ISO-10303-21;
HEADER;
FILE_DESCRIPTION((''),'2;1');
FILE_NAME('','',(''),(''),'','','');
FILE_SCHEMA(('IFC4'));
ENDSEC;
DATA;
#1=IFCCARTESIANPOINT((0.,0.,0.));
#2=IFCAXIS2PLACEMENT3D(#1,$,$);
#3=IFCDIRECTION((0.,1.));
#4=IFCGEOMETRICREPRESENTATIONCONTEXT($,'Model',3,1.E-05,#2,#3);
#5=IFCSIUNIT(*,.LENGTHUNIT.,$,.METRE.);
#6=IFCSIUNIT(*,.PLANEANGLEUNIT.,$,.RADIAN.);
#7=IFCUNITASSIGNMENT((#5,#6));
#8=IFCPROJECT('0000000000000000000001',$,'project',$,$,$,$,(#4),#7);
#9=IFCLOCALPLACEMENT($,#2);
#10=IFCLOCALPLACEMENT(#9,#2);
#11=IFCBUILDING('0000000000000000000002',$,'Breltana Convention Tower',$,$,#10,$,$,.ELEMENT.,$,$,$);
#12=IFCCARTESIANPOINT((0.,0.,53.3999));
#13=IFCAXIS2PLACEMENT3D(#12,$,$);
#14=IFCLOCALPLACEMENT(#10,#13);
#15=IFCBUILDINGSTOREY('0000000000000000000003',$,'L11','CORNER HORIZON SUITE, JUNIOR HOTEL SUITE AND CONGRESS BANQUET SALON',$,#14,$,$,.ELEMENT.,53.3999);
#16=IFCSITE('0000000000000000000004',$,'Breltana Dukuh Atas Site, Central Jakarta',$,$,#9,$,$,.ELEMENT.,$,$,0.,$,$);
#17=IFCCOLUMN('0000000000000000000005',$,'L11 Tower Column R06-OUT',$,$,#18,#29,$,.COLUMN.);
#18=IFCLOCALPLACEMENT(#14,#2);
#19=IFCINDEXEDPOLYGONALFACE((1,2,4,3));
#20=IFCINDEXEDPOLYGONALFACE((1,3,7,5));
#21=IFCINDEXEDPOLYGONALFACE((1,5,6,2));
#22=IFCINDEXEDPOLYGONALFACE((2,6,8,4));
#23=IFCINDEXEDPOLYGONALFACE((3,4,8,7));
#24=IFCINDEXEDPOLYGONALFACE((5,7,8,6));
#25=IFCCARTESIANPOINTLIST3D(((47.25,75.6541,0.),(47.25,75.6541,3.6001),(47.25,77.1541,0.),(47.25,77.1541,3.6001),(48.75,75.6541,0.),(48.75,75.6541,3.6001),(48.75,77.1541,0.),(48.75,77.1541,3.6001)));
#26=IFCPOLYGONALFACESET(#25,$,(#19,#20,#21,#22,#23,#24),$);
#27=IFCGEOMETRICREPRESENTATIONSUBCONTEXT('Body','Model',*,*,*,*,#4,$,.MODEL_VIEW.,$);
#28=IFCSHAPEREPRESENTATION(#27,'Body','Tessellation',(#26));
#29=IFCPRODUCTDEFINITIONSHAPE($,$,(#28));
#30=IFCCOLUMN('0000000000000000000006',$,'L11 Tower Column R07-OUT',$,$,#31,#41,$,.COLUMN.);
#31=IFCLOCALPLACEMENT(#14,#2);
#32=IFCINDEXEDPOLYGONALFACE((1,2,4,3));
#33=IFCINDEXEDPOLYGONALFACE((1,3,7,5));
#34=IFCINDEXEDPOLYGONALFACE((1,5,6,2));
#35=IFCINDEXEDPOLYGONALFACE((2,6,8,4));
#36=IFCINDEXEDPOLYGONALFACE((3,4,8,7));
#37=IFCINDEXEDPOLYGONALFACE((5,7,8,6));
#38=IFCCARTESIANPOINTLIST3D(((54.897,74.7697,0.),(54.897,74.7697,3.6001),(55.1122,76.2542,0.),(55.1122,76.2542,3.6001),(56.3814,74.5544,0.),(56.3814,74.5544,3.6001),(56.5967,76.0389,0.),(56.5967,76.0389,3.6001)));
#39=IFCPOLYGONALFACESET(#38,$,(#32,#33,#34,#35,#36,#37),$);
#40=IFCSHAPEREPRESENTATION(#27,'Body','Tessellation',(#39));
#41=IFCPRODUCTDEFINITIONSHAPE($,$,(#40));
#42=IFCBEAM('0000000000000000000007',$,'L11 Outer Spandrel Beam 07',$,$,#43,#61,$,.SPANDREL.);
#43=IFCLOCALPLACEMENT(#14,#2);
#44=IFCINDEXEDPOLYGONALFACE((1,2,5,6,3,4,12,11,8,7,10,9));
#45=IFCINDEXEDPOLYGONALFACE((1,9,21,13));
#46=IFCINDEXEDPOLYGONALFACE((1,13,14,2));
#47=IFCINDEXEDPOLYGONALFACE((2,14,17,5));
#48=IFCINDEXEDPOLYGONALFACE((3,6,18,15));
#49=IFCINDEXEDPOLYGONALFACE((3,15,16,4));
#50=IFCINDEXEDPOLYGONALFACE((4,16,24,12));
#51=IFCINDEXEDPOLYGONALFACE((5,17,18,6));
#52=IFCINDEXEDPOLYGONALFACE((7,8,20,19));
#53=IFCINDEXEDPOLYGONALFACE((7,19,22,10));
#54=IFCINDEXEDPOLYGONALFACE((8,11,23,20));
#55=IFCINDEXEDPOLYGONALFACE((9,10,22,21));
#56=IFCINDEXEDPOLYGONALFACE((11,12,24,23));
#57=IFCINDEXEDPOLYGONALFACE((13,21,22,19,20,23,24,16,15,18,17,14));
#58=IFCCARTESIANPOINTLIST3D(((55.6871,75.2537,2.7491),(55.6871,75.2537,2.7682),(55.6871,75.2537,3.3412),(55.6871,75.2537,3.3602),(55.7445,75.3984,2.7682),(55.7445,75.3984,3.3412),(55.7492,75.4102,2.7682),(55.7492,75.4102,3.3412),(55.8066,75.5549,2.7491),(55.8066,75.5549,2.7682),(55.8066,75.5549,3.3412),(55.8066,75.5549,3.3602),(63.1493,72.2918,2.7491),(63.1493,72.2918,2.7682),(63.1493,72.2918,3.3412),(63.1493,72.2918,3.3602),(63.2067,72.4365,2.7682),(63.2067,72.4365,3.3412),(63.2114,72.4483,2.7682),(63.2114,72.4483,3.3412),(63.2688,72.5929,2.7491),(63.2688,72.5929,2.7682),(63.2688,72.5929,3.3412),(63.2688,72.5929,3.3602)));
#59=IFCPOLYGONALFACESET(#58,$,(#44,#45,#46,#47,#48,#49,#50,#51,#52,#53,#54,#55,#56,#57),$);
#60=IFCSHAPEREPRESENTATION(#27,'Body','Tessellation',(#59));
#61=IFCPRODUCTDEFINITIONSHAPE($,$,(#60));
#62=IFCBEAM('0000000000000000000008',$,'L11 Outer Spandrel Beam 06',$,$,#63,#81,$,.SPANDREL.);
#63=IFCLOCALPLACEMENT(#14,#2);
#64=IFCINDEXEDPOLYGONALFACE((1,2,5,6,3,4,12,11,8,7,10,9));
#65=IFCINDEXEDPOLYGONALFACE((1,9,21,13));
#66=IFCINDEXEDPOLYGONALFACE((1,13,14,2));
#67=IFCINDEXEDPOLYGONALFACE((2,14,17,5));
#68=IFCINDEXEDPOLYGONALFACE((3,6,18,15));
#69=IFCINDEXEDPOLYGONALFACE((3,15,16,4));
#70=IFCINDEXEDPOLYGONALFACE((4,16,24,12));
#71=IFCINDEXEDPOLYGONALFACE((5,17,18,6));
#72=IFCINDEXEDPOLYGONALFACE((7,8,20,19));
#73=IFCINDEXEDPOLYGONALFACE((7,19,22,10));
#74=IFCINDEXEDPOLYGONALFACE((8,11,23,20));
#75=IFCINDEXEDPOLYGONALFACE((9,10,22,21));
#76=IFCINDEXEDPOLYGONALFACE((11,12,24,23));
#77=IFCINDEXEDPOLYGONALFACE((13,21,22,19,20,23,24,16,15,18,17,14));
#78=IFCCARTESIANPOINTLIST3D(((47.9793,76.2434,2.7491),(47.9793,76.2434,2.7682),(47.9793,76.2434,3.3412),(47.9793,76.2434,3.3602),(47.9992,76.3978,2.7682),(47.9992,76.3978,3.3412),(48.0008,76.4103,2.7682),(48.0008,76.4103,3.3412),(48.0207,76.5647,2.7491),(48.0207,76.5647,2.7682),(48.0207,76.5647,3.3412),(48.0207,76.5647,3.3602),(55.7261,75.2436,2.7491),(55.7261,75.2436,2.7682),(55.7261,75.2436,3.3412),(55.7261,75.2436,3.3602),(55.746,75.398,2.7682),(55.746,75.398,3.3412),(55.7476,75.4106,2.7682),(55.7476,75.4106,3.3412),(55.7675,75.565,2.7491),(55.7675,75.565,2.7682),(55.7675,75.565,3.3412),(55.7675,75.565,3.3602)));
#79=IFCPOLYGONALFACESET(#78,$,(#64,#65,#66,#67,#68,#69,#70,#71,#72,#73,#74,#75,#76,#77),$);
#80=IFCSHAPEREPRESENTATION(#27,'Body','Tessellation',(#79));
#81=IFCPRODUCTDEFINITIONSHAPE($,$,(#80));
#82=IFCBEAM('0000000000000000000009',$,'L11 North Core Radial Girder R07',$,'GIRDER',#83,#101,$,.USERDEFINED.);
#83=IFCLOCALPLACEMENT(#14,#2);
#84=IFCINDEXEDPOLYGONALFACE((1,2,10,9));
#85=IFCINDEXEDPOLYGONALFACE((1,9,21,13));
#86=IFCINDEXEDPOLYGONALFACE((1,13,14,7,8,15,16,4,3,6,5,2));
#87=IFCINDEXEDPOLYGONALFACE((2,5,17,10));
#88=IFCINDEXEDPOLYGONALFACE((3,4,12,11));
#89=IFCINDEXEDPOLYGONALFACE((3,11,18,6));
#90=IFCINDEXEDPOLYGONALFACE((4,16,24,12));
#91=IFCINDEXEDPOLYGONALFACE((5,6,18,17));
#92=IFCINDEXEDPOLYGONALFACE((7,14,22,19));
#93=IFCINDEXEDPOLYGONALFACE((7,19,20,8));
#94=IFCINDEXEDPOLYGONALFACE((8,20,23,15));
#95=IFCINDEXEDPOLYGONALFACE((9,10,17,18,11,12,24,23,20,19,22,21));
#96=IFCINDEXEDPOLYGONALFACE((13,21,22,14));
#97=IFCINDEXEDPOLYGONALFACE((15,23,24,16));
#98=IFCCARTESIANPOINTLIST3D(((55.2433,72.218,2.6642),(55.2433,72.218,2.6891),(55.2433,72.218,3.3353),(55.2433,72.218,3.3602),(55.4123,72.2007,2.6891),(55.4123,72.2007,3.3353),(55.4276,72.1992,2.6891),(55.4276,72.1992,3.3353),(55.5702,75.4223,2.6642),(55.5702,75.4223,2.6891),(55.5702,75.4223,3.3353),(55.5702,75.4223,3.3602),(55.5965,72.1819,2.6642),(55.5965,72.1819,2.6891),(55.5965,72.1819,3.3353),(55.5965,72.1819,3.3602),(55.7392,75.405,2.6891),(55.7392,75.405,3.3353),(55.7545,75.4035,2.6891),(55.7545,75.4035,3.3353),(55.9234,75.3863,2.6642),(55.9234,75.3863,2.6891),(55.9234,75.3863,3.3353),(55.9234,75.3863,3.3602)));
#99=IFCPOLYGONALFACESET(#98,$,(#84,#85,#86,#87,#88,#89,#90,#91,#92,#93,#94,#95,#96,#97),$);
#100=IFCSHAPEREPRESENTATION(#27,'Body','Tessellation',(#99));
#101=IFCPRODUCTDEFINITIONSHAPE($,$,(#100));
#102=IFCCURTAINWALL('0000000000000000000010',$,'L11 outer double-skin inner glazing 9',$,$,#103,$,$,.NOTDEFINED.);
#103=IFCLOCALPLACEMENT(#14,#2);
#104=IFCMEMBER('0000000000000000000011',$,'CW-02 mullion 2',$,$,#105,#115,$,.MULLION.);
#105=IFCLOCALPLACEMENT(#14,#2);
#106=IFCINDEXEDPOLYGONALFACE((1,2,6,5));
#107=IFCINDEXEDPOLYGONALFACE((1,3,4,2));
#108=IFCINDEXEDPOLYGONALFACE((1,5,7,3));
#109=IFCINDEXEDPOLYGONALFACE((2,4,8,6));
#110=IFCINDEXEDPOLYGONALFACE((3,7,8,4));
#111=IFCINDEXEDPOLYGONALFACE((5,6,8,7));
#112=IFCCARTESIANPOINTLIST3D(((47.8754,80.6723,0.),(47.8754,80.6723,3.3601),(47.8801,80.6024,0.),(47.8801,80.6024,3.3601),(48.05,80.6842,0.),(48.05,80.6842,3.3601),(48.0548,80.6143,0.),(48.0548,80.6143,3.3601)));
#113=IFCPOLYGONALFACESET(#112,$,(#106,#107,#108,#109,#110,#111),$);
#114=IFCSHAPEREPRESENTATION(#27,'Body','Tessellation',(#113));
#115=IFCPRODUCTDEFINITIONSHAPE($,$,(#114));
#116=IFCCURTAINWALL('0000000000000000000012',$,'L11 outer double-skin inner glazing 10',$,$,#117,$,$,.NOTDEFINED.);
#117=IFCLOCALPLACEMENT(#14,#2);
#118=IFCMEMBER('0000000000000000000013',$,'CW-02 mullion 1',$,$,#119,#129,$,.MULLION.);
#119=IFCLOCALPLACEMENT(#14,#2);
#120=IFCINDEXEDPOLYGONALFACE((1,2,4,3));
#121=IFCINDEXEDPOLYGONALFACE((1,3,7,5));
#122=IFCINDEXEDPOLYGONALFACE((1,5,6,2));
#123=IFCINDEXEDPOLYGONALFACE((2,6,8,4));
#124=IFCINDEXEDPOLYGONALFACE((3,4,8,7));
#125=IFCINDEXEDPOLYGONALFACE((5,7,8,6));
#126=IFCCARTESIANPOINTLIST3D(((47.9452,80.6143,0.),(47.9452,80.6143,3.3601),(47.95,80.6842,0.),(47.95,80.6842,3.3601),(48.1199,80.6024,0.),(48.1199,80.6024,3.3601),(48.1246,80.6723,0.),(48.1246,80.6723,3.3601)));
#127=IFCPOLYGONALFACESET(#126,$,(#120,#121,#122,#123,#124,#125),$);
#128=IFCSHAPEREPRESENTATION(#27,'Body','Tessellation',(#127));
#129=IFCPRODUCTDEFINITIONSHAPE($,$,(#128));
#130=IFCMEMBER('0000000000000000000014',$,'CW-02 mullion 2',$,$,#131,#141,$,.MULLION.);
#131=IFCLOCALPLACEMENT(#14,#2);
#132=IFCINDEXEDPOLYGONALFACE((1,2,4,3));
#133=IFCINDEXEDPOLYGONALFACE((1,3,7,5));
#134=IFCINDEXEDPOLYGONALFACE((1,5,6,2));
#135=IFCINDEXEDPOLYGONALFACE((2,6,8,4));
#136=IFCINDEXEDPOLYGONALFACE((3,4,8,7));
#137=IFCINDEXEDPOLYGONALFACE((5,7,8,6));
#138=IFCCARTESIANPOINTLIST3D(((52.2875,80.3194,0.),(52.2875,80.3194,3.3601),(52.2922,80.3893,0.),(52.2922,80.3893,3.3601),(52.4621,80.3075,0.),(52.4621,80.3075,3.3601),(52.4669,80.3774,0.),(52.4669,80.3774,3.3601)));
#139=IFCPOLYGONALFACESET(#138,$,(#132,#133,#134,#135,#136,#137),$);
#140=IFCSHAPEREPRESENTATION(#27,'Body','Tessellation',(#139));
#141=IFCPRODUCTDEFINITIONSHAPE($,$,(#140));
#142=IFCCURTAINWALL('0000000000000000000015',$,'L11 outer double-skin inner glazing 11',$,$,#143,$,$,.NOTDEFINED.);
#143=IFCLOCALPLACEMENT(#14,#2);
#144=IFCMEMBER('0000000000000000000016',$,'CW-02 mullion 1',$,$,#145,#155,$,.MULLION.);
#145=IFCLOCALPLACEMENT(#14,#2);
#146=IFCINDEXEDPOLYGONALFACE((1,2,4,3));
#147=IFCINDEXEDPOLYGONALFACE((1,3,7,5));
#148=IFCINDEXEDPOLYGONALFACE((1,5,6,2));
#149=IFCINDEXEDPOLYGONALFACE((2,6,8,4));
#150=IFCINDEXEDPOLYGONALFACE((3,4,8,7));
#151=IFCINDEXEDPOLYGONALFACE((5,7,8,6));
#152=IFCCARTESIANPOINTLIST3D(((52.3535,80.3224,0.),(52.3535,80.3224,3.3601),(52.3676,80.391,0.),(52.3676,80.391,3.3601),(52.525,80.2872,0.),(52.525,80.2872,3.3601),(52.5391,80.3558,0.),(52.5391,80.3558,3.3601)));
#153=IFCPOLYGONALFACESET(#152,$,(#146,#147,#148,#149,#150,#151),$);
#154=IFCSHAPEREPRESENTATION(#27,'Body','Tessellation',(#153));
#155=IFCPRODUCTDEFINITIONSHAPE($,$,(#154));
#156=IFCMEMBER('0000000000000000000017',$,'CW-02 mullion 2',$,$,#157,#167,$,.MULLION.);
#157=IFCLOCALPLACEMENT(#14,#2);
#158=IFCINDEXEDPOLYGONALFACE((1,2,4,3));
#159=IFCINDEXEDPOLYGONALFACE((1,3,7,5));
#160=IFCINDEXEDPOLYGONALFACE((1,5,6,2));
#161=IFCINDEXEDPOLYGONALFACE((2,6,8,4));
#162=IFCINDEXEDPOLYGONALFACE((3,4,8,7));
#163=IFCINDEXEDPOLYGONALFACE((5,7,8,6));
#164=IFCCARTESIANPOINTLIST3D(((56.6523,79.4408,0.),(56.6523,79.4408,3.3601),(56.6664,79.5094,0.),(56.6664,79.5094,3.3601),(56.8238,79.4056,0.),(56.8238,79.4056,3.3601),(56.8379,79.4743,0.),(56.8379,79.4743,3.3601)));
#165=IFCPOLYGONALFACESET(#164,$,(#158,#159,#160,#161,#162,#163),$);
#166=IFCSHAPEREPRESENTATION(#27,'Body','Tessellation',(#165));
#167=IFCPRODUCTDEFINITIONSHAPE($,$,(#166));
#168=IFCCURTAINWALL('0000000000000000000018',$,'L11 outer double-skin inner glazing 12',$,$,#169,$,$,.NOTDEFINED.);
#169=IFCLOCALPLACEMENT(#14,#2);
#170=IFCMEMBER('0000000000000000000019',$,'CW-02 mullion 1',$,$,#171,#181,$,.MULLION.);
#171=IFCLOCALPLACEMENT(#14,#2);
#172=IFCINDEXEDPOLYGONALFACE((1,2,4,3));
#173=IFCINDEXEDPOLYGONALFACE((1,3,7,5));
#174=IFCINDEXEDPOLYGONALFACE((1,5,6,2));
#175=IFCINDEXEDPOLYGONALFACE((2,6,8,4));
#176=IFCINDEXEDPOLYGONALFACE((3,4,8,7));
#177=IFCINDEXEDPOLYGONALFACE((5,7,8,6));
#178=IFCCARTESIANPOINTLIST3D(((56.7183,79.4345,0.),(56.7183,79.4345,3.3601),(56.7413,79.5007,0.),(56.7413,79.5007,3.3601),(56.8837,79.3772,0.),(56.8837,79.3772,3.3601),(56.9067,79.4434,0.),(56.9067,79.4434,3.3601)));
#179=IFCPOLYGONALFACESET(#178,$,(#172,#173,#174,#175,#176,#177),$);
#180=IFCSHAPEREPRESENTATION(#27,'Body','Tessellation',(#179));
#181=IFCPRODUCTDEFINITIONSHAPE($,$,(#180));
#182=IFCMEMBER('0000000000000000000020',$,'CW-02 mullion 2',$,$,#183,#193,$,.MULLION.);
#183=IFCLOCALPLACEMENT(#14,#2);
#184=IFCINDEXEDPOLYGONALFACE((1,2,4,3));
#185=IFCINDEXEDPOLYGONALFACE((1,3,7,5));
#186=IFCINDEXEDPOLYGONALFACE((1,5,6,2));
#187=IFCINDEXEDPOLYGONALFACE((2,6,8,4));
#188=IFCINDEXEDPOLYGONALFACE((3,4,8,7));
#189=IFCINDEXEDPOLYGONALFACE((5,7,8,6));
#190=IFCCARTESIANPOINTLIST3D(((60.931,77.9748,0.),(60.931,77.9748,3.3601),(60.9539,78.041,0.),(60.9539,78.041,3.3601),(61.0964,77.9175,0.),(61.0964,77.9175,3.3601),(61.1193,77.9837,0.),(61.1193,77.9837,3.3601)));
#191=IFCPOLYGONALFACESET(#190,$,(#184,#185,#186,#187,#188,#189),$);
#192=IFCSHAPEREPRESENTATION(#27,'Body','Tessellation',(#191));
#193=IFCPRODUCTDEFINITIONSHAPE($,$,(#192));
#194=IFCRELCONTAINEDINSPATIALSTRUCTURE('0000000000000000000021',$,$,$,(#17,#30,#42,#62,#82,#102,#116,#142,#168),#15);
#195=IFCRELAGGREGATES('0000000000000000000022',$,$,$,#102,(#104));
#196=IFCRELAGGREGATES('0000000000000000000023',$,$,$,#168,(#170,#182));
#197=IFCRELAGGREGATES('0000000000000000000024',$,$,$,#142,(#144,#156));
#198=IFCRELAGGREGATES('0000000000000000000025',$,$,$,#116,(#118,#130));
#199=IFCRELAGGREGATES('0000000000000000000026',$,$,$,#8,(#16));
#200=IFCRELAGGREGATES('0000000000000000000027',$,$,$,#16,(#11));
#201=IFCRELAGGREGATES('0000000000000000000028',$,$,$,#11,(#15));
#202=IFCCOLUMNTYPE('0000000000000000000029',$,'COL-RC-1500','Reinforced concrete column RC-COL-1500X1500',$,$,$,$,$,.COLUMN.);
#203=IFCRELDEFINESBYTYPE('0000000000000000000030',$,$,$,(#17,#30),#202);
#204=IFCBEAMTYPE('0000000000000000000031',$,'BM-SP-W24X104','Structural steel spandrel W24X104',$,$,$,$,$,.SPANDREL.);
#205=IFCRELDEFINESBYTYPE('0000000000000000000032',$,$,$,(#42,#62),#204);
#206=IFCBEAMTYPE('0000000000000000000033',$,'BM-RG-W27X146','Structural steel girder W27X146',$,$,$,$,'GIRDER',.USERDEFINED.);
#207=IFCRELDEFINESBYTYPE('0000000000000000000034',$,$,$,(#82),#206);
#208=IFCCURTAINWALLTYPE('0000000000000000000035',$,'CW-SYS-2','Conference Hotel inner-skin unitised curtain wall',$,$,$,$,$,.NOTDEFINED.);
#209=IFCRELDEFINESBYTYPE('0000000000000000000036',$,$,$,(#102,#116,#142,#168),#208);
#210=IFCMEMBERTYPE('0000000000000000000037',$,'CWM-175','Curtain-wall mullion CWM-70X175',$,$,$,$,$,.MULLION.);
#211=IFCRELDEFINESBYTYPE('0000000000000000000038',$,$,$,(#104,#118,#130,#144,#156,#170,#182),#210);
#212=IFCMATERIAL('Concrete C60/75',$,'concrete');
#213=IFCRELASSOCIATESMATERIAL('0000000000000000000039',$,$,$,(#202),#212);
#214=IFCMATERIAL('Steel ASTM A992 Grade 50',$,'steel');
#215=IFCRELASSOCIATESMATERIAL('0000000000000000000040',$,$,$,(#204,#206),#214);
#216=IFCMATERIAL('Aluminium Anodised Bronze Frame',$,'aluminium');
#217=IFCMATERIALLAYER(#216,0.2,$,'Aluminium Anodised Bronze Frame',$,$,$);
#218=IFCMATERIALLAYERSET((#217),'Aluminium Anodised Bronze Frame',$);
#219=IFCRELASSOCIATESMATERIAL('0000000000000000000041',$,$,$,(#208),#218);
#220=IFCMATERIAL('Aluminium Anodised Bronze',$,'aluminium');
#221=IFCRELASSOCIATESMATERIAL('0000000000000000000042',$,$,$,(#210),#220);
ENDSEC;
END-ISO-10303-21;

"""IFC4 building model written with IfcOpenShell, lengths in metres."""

from ifc_helpers import new_model, si_unit, direction, frame, origin, origin_2d, place, context, subcontext, project, spatial, rectangle, i_section, extrude, source, transform, mapped, material, layer, layer_set, material_profile, profile_set, type_object, type_shapes, element, aggregate, save


model = new_model("IFC4")

# Units and contexts
model_context = context("Model", 3, precision=1e-05, world=origin(), true_north=direction((0.0, 1.0)))
body_context = subcontext(model_context, "Body", "Model", "MODEL_VIEW")
ifc_project = project(units=[si_unit("LENGTHUNIT", "METRE"), si_unit("PLANEANGLEUNIT", "RADIAN")], contexts=[model_context])

# Site, building, storey
site_placement = place(None, origin())
site = spatial("IfcSite", under=ifc_project, at=site_placement, Name="Breltana Dukuh Atas Site, Central Jakarta", CompositionType="ELEMENT", RefElevation=0.0)
building_placement = place(site_placement, origin())
building = spatial("IfcBuilding", under=site, at=building_placement, Name="Breltana Convention Tower", CompositionType="ELEMENT")
storey_placement = place(building_placement, frame((0.0, 0.0, 53.3999)))
storey = spatial("IfcBuildingStorey", under=building, at=storey_placement, Name="L11", Description="CORNER HORIZON SUITE, JUNIOR HOTEL SUITE AND CONGRESS BANQUET SALON", CompositionType="ELEMENT", Elevation=53.3999)

# Columns
ifc_material_1 = material(Name="Concrete C60/75", Category="concrete")
ifc_material_profile_1 = material_profile(ifc_material_1, rectangle(XDim=1.5, YDim=1.5, at=origin_2d()), Name="RC-COL-1500X1500")
ifc_profile_set_1 = profile_set([ifc_material_profile_1], Name="Concrete C60/75")
column_type = type_object("IfcColumnType", Name="COL-RC-1500", Description="Reinforced concrete column RC-COL-1500X1500", PredefinedType="COLUMN", material=ifc_profile_set_1)
shared_shape_1 = source(origin(), body_context, "Body", "SweptSolid", [
    extrude(rectangle(XDim=1.5, YDim=1.5, at=origin_2d()), origin(), (0.0, 0.0, 1.0), 3.6001),
])
for number, where, z_axis, x_axis, name in (
    (1, (48.0, 76.4041, 0.0), (0.0, 0.0, 1.0), (0.0, 1.0, 0.0), "L11 Tower Column R06-OUT"),
    (2, (55.7468, 75.4043, 0.0), (0.0, 0.0, 1.0), (0.143493, 0.989651, 0.0), "L11 Tower Column R07-OUT"),
):
    element("IfcColumn", number, at=place(storey_placement, frame(where, z_axis=z_axis, x_axis=x_axis)), inside=storey, type_object=column_type, Name=name, PredefinedType="COLUMN", context=body_context, shape_type="MappedRepresentation", body=[
        mapped(shared_shape_1, transform((0.0, 0.0, 0.0), scale=1.0)),
    ])

# Beams
ifc_material_2 = material(Name="Steel ASTM A992 Grade 50", Category="steel")
ifc_material_profile_2 = material_profile(ifc_material_2, i_section(OverallWidth=0.324, OverallDepth=0.6111, WebThickness=0.0127, FlangeThickness=0.019, at=origin_2d()), Name="W24X104")
ifc_profile_set_2 = profile_set([ifc_material_profile_2], Name="Steel ASTM A992 Grade 50")
beam_type_1 = type_object("IfcBeamType", Name="BM-SP-W24X104", Description="Structural steel spandrel W24X104", PredefinedType="SPANDREL", material=ifc_profile_set_2)
shared_shape_2 = source(origin(), body_context, "Body", "SweptSolid", [
    extrude(i_section(OverallWidth=0.324, OverallDepth=0.6111, WebThickness=0.0127, FlangeThickness=0.019, at=origin_2d()), origin(), (0.0, 0.0, 1.0), 8.0286),
])
beam_1_placement = place(storey_placement, frame((55.7468, 75.4043, 3.0547), z_axis=(0.929459, -0.368925, 0.0), x_axis=(0.368925, 0.929459, 0.0)))
element("IfcBeam", 3, at=beam_1_placement, inside=storey, type_object=beam_type_1, Name="L11 Outer Spandrel Beam 07", PredefinedType="SPANDREL", context=body_context, shape_type="MappedRepresentation", body=[
    mapped(shared_shape_2, transform((0.0, 0.0, 0.0), scale=1.0)),
])
shared_shape_3 = source(origin(), body_context, "Body", "SweptSolid", [
    extrude(i_section(OverallWidth=0.324, OverallDepth=0.6111, WebThickness=0.0127, FlangeThickness=0.019, at=origin_2d()), origin(), (0.0, 0.0, 1.0), 7.811),
])
beam_2_placement = place(storey_placement, frame((48.0, 76.4041, 3.0547), z_axis=(0.991775, -0.127992, 0.0), x_axis=(0.127992, 0.991775, 0.0)))
element("IfcBeam", 4, at=beam_2_placement, inside=storey, type_object=beam_type_1, Name="L11 Outer Spandrel Beam 06", PredefinedType="SPANDREL", context=body_context, shape_type="MappedRepresentation", body=[
    mapped(shared_shape_3, transform((0.0, 0.0, 0.0), scale=1.0)),
])
ifc_material_profile_3 = material_profile(ifc_material_2, i_section(OverallWidth=0.355, OverallDepth=0.696, WebThickness=0.0154, FlangeThickness=0.0249, at=origin_2d()), Name="W27X146")
ifc_profile_set_3 = profile_set([ifc_material_profile_3], Name="Steel ASTM A992 Grade 50")
beam_type_2 = type_object("IfcBeamType", Name="BM-RG-W27X146", Description="Structural steel girder W27X146", ElementType="GIRDER", PredefinedType="USERDEFINED", material=ifc_profile_set_3)
shared_shape_4 = source(origin(), body_context, "Body", "SweptSolid", [
    extrude(i_section(OverallWidth=0.355, OverallDepth=0.696, WebThickness=0.0154, FlangeThickness=0.0249, at=origin_2d()), origin(), (0.0, 0.0, 1.0), 3.2209),
])
beam_3_placement = place(storey_placement, frame((55.4199, 72.2, 3.0122), z_axis=(0.101492, 0.994836, 0.0), x_axis=(-0.994836, 0.101492, 0.0)))
element("IfcBeam", 5, at=beam_3_placement, inside=storey, type_object=beam_type_2, Name="L11 North Core Radial Girder R07", ObjectType="GIRDER", PredefinedType="USERDEFINED", context=body_context, shape_type="MappedRepresentation", body=[
    mapped(shared_shape_4, transform((0.0, 0.0, 0.0), scale=1.0)),
])

# Curtain wall, member
ifc_material_3 = material(Name="Aluminium Anodised Bronze Frame", Category="aluminium")
ifc_layer_1 = layer(ifc_material_3, 0.2, Name="Aluminium Anodised Bronze Frame")
ifc_layer_set_1 = layer_set([ifc_layer_1], Name="Aluminium Anodised Bronze Frame")
curtain_wall_type = type_object("IfcCurtainWallType", Name="CW-SYS-2", Description="Conference Hotel inner-skin unitised curtain wall", PredefinedType="NOTDEFINED", material=ifc_layer_set_1)
curtain_wall_1_placement = place(storey_placement, origin())
curtain_wall_1 = element("IfcCurtainWall", 6, at=curtain_wall_1_placement, inside=storey, type_object=curtain_wall_type, Name="L11 outer double-skin inner glazing 9", PredefinedType="NOTDEFINED")
ifc_material_4 = material(Name="Aluminium Anodised Bronze", Category="aluminium")
ifc_material_profile_4 = material_profile(ifc_material_4, rectangle(XDim=0.0701, YDim=0.175, at=origin_2d()), Name="CWM-70X175")
ifc_profile_set_4 = profile_set([ifc_material_profile_4], Name="Aluminium Anodised Bronze")
member_type_1 = type_object("IfcMemberType", Name="CWM-175", Description="Curtain-wall mullion CWM-70X175", PredefinedType="MULLION", material=ifc_profile_set_4)
shared_shape_5 = source(origin(), body_context, "Body", "SweptSolid", [
    extrude(rectangle(XDim=0.0701, YDim=0.175, at=origin_2d()), origin(), (0.0, 0.0, 1.0), 3.3601),
])
type_shapes(member_type_1, [shared_shape_5])
member_1_placement = place(storey_placement, frame((47.9651, 80.6433, 0.0), z_axis=(0.0, 0.0, 1.0), x_axis=(-0.067726, 0.997704, 0.0)))
member_1 = element("IfcMember", 7, at=member_1_placement, type_object=member_type_1, Name="CW-02 mullion 2", PredefinedType="MULLION", context=body_context, shape_type="MappedRepresentation", body=[
    mapped(shared_shape_5, transform((0.0, 0.0, 0.0), scale=1.0)),
])
aggregate(curtain_wall_1, [member_1])

# Curtain walls, members
curtain_wall_2_placement = place(storey_placement, origin())
curtain_wall_2 = element("IfcCurtainWall", 8, at=curtain_wall_2_placement, inside=storey, type_object=curtain_wall_type, Name="L11 outer double-skin inner glazing 10", PredefinedType="NOTDEFINED")
member_2_placement = place(storey_placement, frame((48.0349, 80.6433, 0.0), z_axis=(0.0, 0.0, 1.0), x_axis=(0.067726, 0.997704, 0.0)))
member_2 = element("IfcMember", 9, at=member_2_placement, type_object=member_type_1, Name="CW-02 mullion 1", PredefinedType="MULLION", context=body_context, shape_type="MappedRepresentation", body=[
    mapped(shared_shape_5, transform((0.0, 0.0, 0.0), scale=1.0)),
])
member_3_placement = place(storey_placement, frame((52.3772, 80.3484, 0.0), z_axis=(0.0, 0.0, 1.0), x_axis=(0.067726, 0.997704, 0.0)))
member_3 = element("IfcMember", 10, at=member_3_placement, type_object=member_type_1, Name="CW-02 mullion 2", PredefinedType="MULLION", context=body_context, shape_type="MappedRepresentation", body=[
    mapped(shared_shape_5, transform((0.0, 0.0, 0.0), scale=1.0)),
])
curtain_wall_3_placement = place(storey_placement, origin())
curtain_wall_3 = element("IfcCurtainWall", 11, at=curtain_wall_3_placement, inside=storey, type_object=curtain_wall_type, Name="L11 outer double-skin inner glazing 11", PredefinedType="NOTDEFINED")
member_4_placement = place(storey_placement, frame((52.4463, 80.3391, 0.0), z_axis=(0.0, 0.0, 1.0), x_axis=(0.200885, 0.979615, 0.0)))
member_4 = element("IfcMember", 12, at=member_4_placement, type_object=member_type_1, Name="CW-02 mullion 1", PredefinedType="MULLION", context=body_context, shape_type="MappedRepresentation", body=[
    mapped(shared_shape_5, transform((0.0, 0.0, 0.0), scale=1.0)),
])
member_5_placement = place(storey_placement, frame((56.7451, 79.4575, 0.0), z_axis=(0.0, 0.0, 1.0), x_axis=(0.200885, 0.979615, 0.0)))
member_5 = element("IfcMember", 13, at=member_5_placement, type_object=member_type_1, Name="CW-02 mullion 2", PredefinedType="MULLION", context=body_context, shape_type="MappedRepresentation", body=[
    mapped(shared_shape_5, transform((0.0, 0.0, 0.0), scale=1.0)),
])
curtain_wall_4_placement = place(storey_placement, origin())
curtain_wall_4 = element("IfcCurtainWall", 14, at=curtain_wall_4_placement, inside=storey, type_object=curtain_wall_type, Name="L11 outer double-skin inner glazing 12", PredefinedType="NOTDEFINED")
member_6_placement = place(storey_placement, frame((56.8125, 79.439, 0.0), z_axis=(0.0, 0.0, 1.0), x_axis=(0.327428, 0.944876, 0.0)))
member_6 = element("IfcMember", 15, at=member_6_placement, type_object=member_type_1, Name="CW-02 mullion 1", PredefinedType="MULLION", context=body_context, shape_type="MappedRepresentation", body=[
    mapped(shared_shape_5, transform((0.0, 0.0, 0.0), scale=1.0)),
])
member_7_placement = place(storey_placement, frame((61.0251, 77.9792, 0.0), z_axis=(0.0, 0.0, 1.0), x_axis=(0.327428, 0.944876, 0.0)))
member_7 = element("IfcMember", 16, at=member_7_placement, type_object=member_type_1, Name="CW-02 mullion 2", PredefinedType="MULLION", context=body_context, shape_type="MappedRepresentation", body=[
    mapped(shared_shape_5, transform((0.0, 0.0, 0.0), scale=1.0)),
])

aggregate(curtain_wall_4, [member_6, member_7])
aggregate(curtain_wall_3, [member_4, member_5])
aggregate(curtain_wall_2, [member_2, member_3])

save(model, "model.ifc")
